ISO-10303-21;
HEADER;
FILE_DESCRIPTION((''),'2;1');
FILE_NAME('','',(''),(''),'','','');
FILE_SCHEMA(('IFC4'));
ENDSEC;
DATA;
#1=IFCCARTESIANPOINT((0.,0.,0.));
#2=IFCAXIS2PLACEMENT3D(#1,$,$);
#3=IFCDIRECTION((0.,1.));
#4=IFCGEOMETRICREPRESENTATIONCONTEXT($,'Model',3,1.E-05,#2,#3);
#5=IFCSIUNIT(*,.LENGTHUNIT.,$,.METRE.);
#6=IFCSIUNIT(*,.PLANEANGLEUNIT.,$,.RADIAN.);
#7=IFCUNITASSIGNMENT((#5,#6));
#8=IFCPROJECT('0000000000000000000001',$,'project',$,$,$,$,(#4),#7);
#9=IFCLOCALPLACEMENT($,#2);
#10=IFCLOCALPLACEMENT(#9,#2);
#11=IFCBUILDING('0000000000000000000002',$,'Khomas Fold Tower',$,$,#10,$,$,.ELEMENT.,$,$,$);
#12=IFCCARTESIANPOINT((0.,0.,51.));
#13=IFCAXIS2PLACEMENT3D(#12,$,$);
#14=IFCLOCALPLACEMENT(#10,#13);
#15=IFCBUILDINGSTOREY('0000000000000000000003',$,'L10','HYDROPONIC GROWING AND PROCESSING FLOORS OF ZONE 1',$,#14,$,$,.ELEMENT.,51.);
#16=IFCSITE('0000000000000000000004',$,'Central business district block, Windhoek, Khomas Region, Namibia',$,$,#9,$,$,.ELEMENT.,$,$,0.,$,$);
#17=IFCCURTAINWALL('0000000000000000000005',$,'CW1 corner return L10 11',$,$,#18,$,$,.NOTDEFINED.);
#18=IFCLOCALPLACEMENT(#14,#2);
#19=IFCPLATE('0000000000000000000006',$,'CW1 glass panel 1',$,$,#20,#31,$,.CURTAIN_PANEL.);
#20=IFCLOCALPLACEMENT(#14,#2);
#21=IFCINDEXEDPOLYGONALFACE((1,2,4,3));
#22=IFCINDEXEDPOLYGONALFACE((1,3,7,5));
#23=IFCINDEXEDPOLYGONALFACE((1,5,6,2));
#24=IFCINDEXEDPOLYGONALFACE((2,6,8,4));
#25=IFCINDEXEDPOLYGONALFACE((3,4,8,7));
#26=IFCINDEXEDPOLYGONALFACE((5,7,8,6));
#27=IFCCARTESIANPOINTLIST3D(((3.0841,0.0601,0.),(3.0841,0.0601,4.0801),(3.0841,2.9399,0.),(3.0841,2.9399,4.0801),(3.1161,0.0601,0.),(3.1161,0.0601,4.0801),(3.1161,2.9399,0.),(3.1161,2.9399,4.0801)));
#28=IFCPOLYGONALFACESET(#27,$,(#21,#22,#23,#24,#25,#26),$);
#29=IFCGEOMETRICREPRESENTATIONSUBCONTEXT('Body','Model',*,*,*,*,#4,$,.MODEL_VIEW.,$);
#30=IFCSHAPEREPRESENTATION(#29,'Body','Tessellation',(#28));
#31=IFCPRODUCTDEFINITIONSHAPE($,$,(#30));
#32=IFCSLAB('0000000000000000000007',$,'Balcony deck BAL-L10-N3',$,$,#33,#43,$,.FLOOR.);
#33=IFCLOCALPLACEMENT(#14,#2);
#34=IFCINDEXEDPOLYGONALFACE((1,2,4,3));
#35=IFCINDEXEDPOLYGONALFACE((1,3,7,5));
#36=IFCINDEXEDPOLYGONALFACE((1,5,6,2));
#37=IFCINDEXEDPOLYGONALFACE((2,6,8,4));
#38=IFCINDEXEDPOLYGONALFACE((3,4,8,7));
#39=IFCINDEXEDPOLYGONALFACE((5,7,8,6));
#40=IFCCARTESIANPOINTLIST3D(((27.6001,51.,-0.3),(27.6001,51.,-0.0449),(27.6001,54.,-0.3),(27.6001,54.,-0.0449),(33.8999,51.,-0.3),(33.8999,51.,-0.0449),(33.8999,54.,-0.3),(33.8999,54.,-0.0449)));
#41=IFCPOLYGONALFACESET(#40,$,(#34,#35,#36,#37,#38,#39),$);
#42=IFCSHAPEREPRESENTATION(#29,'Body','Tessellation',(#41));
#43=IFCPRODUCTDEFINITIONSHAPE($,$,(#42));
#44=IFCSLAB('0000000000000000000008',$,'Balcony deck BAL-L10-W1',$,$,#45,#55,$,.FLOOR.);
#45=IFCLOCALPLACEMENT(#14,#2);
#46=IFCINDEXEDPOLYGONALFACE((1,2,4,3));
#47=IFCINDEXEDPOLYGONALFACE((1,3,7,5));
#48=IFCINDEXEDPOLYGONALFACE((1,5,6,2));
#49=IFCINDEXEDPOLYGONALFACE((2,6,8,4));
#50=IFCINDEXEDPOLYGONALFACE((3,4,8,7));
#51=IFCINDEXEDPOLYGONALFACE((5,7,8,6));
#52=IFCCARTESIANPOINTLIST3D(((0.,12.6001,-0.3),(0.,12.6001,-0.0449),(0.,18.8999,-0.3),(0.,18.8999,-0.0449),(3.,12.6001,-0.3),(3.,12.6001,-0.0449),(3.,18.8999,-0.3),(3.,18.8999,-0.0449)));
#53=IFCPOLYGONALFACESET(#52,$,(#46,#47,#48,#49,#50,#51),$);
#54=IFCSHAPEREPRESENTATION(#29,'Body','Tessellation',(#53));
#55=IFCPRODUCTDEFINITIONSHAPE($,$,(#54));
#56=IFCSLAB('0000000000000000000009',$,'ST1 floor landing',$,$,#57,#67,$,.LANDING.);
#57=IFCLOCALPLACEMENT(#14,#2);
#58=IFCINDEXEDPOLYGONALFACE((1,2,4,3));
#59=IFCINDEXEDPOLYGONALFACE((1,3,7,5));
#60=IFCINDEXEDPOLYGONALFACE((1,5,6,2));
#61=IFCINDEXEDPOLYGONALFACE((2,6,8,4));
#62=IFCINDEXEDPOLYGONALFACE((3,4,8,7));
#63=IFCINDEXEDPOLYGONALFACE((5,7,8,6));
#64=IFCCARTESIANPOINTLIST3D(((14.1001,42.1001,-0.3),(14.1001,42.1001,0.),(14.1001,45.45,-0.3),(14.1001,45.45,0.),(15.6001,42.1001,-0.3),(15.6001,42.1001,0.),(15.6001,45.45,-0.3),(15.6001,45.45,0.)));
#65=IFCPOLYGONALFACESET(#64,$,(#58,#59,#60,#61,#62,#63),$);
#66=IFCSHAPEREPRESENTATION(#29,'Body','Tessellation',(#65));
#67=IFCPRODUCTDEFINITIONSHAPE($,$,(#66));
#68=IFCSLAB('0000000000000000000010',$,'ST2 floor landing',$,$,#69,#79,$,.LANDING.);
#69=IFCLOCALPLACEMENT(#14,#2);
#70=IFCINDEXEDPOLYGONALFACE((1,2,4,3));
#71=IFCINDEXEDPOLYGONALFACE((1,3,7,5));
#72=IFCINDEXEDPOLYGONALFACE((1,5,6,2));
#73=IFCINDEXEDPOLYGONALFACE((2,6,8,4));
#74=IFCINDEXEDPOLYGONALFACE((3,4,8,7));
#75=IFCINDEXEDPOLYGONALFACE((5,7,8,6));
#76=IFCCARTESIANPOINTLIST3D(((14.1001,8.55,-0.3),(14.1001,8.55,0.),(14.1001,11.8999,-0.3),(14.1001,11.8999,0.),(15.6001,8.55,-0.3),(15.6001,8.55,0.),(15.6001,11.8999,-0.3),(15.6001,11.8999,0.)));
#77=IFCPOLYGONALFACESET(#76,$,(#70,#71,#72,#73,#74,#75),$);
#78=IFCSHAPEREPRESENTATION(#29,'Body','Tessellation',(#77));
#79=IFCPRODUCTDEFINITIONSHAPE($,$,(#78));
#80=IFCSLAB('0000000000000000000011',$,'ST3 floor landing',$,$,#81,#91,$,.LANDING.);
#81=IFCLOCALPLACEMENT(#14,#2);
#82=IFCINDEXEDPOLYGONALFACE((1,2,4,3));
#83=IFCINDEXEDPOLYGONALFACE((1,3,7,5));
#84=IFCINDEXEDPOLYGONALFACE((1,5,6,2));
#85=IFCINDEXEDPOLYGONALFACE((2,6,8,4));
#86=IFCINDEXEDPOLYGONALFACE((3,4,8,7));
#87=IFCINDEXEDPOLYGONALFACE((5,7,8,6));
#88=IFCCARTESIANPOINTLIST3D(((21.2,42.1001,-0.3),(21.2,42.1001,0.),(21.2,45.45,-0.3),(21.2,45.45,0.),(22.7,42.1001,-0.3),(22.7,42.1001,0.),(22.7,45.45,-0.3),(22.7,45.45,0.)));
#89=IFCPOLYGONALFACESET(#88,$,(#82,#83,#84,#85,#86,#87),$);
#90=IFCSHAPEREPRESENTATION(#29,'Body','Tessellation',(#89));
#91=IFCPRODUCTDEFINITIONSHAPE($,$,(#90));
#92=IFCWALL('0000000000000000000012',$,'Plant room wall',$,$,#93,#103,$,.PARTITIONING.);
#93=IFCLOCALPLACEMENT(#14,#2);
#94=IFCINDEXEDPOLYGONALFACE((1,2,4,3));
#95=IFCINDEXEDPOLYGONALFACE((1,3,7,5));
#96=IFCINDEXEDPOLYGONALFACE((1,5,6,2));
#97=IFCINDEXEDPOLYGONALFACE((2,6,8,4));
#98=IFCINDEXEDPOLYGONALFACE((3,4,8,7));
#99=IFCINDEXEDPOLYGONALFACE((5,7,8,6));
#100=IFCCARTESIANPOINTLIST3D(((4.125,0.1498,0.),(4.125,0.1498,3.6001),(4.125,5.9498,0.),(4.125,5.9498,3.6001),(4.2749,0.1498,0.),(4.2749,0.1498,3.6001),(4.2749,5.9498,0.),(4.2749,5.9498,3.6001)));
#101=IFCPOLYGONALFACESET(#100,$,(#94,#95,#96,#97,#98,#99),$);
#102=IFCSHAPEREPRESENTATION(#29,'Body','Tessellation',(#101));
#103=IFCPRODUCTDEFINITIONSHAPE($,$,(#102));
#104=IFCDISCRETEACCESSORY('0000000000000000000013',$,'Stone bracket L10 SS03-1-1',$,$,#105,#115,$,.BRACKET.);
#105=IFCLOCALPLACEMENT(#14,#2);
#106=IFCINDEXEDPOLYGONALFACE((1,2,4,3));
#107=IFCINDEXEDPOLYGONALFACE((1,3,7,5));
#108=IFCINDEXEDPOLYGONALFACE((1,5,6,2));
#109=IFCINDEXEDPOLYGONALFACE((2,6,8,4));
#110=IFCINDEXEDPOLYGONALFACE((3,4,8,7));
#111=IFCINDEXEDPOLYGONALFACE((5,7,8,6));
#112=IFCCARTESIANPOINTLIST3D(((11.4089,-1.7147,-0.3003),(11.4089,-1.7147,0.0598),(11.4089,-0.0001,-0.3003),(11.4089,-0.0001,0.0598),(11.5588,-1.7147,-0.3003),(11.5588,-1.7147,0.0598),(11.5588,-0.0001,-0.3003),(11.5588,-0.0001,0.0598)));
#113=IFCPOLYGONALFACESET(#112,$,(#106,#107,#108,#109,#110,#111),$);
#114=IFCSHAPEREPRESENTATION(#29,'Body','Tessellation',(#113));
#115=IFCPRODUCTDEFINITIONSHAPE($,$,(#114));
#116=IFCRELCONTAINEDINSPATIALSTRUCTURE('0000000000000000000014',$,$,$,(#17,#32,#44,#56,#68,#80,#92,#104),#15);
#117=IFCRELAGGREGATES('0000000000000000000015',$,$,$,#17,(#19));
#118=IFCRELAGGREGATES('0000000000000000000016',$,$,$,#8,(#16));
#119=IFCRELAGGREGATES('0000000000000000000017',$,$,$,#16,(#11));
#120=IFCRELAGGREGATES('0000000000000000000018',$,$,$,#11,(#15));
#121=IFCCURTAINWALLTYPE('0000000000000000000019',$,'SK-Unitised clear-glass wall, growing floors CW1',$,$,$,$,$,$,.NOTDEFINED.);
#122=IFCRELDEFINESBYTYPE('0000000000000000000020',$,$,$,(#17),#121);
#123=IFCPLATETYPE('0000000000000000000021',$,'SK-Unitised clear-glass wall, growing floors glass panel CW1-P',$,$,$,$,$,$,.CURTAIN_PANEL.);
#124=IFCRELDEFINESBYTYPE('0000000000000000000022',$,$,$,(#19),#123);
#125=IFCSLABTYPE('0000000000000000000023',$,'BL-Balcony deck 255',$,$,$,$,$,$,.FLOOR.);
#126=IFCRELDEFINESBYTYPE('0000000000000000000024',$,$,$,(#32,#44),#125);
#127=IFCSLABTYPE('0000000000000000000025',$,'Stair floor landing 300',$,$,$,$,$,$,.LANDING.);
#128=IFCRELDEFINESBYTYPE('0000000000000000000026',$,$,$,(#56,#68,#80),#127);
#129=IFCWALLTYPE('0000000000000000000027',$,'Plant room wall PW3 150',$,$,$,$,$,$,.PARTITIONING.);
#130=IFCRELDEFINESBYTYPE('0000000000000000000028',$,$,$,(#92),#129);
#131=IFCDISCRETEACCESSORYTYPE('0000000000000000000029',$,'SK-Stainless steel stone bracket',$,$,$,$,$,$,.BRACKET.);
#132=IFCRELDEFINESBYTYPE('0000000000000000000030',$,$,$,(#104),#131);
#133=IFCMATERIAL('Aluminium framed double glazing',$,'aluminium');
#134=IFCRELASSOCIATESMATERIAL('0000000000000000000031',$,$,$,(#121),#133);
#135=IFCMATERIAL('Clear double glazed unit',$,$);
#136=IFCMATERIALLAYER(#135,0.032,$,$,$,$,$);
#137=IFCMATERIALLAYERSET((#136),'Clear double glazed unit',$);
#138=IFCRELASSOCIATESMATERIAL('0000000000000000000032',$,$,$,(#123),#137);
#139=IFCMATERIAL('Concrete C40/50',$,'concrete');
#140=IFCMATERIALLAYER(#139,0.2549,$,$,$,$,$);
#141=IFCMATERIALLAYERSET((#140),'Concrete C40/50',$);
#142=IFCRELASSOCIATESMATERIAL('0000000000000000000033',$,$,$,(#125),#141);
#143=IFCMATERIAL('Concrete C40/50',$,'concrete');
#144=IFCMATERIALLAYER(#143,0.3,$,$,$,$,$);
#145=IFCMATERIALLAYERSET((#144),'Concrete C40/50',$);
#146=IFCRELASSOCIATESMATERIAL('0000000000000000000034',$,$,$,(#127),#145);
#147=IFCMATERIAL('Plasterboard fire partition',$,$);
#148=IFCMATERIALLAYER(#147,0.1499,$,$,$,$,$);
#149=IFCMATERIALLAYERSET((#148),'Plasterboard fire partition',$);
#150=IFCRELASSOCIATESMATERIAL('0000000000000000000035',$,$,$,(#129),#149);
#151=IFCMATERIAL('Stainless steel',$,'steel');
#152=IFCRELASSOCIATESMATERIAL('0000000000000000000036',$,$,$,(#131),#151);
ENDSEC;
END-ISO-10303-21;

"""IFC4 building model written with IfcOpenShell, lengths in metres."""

from ifc_helpers import new_model, si_unit, direction, frame, frame_2d, origin, origin_2d, place, context, subcontext, project, spatial, polyline, rectangle, outline, extrude, source, transform, mapped, material, layer, layer_set, type_object, element, aggregate, save


model = new_model("IFC4")

# Units and contexts
model_context = context("Model", 3, precision=1e-05, world=origin(), true_north=direction((0.0, 1.0)))
body_context = subcontext(model_context, "Body", "Model", "MODEL_VIEW")
ifc_project = project(units=[si_unit("LENGTHUNIT", "METRE"), si_unit("PLANEANGLEUNIT", "RADIAN")], contexts=[model_context])

# Site, building, storey
site_placement = place(None, origin())
site = spatial("IfcSite", under=ifc_project, at=site_placement, Name="Central business district block, Windhoek, Khomas Region, Namibia", CompositionType="ELEMENT", RefElevation=0.0)
building_placement = place(site_placement, origin())
building = spatial("IfcBuilding", under=site, at=building_placement, Name="Khomas Fold Tower", CompositionType="ELEMENT")
storey_placement = place(building_placement, frame((0.0, 0.0, 51.0)))
storey = spatial("IfcBuildingStorey", under=building, at=storey_placement, Name="L10", Description="HYDROPONIC GROWING AND PROCESSING FLOORS OF ZONE 1", CompositionType="ELEMENT", Elevation=51.0)

# Curtain wall
ifc_material_1 = material(Name="Aluminium framed double glazing", Category="aluminium")
curtain_wall_type = type_object("IfcCurtainWallType", Name="SK-Unitised clear-glass wall, growing floors CW1", PredefinedType="NOTDEFINED", material=ifc_material_1)
curtain_wall_1_placement = place(storey_placement, origin())
curtain_wall_1 = element("IfcCurtainWall", 1, at=curtain_wall_1_placement, inside=storey, type_object=curtain_wall_type, Name="CW1 corner return L10 11", PredefinedType="NOTDEFINED")

# Plate
ifc_material_2 = material(Name="Clear double glazed unit")
ifc_layer_1 = layer(ifc_material_2, 0.032)
ifc_layer_set_1 = layer_set([ifc_layer_1], Name="Clear double glazed unit")
plate_type = type_object("IfcPlateType", Name="SK-Unitised clear-glass wall, growing floors glass panel CW1-P", PredefinedType="CURTAIN_PANEL", material=ifc_layer_set_1)
shared_shape_1 = source(origin(), body_context, "Body", "SweptSolid", [
    extrude(rectangle(XDim=2.8799, YDim=0.032, at=origin_2d()), origin(), (0.0, 0.0, 1.0), 4.0801),
])
plate_1_placement = place(storey_placement, frame((3.1001, 1.5, 0.0), z_axis=(0.0, 0.0, 1.0), x_axis=(0.0, -1.0, 0.0)))
plate_1 = element("IfcPlate", 2, at=plate_1_placement, type_object=plate_type, Name="CW1 glass panel 1", PredefinedType="CURTAIN_PANEL", context=body_context, shape_type="MappedRepresentation", body=[
    mapped(shared_shape_1, transform((0.0, 0.0, 0.0))),
])
aggregate(curtain_wall_1, [plate_1])

# Slabs
ifc_material_3 = material(Name="Concrete C40/50", Category="concrete")
ifc_layer_2 = layer(ifc_material_3, 0.2549)
ifc_layer_set_2 = layer_set([ifc_layer_2], Name="Concrete C40/50")
slab_type_1 = type_object("IfcSlabType", Name="BL-Balcony deck 255", PredefinedType="FLOOR", material=ifc_layer_set_2)
shared_shape_2 = source(origin(), body_context, "Body", "SweptSolid", [
    extrude(outline(polyline([(27.6001, 51.0), (33.8999, 51.0), (33.8999, 54.0), (27.6001, 54.0), (27.6001, 51.0)])), origin(), (0.0, 0.0, 1.0), 0.2551),
])
slab_1_placement = place(storey_placement, frame((0.0, 0.0, -0.3)))
element("IfcSlab", 3, at=slab_1_placement, inside=storey, type_object=slab_type_1, Name="Balcony deck BAL-L10-N3", PredefinedType="FLOOR", context=body_context, shape_type="MappedRepresentation", body=[
    mapped(shared_shape_2, transform((0.0, 0.0, 0.0))),
])
shared_shape_3 = source(origin(), body_context, "Body", "SweptSolid", [
    extrude(outline(polyline([(0.0, 12.6001), (3.0, 12.6001), (3.0, 18.8999), (0.0, 18.8999), (0.0, 12.6001)])), origin(), (0.0, 0.0, 1.0), 0.2551),
])
slab_2_placement = place(storey_placement, frame((0.0, 0.0, -0.3)))
element("IfcSlab", 4, at=slab_2_placement, inside=storey, type_object=slab_type_1, Name="Balcony deck BAL-L10-W1", PredefinedType="FLOOR", context=body_context, shape_type="MappedRepresentation", body=[
    mapped(shared_shape_3, transform((0.0, 0.0, 0.0))),
])
ifc_material_4 = material(Name="Concrete C40/50", Category="concrete")
ifc_layer_3 = layer(ifc_material_4, 0.3)
ifc_layer_set_3 = layer_set([ifc_layer_3], Name="Concrete C40/50")
slab_type_2 = type_object("IfcSlabType", Name="Stair floor landing 300", PredefinedType="LANDING", material=ifc_layer_set_3)
shared_shape_4 = source(origin(), body_context, "Body", "SweptSolid", [
    extrude(outline(polyline([(15.6001, 42.1001), (14.1001, 42.1001), (14.1001, 45.45), (15.6001, 45.45), (15.6001, 42.1001)])), origin(), (0.0, 0.0, 1.0), 0.3),
])
slab_3_placement = place(storey_placement, frame((0.0, 0.0, -0.3)))
element("IfcSlab", 5, at=slab_3_placement, inside=storey, type_object=slab_type_2, Name="ST1 floor landing", PredefinedType="LANDING", context=body_context, shape_type="MappedRepresentation", body=[
    mapped(shared_shape_4, transform((0.0, 0.0, 0.0))),
])
shared_shape_5 = source(origin(), body_context, "Body", "SweptSolid", [
    extrude(outline(polyline([(15.6001, 8.55), (14.1001, 8.55), (14.1001, 11.8999), (15.6001, 11.8999), (15.6001, 8.55)])), origin(), (0.0, 0.0, 1.0), 0.3),
])
slab_4_placement = place(storey_placement, frame((0.0, 0.0, -0.3)))
element("IfcSlab", 6, at=slab_4_placement, inside=storey, type_object=slab_type_2, Name="ST2 floor landing", PredefinedType="LANDING", context=body_context, shape_type="MappedRepresentation", body=[
    mapped(shared_shape_5, transform((0.0, 0.0, 0.0))),
])
shared_shape_6 = source(origin(), body_context, "Body", "SweptSolid", [
    extrude(outline(polyline([(22.7, 42.1001), (21.2, 42.1001), (21.2, 45.45), (22.7, 45.45), (22.7, 42.1001)])), origin(), (0.0, 0.0, 1.0), 0.3),
])
slab_5_placement = place(storey_placement, frame((0.0, 0.0, -0.3)))
element("IfcSlab", 7, at=slab_5_placement, inside=storey, type_object=slab_type_2, Name="ST3 floor landing", PredefinedType="LANDING", context=body_context, shape_type="MappedRepresentation", body=[
    mapped(shared_shape_6, transform((0.0, 0.0, 0.0))),
])

# Wall
ifc_material_5 = material(Name="Plasterboard fire partition")
ifc_layer_4 = layer(ifc_material_5, 0.1499)
ifc_layer_set_4 = layer_set([ifc_layer_4], Name="Plasterboard fire partition")
wall_type = type_object("IfcWallType", Name="Plant room wall PW3 150", PredefinedType="PARTITIONING", material=ifc_layer_set_4)
shared_shape_7 = source(origin(), body_context, "Body", "SweptSolid", [
    extrude(rectangle(XDim=5.8, YDim=0.1499, at=frame_2d((2.8999, 0.0))), origin(), (0.0, 0.0, 1.0), 3.6001),
])
wall_placement = place(storey_placement, frame((4.2, 0.1499, 0.0), z_axis=(0.0, 0.0, 1.0), x_axis=(0.0, 1.0, 0.0)))
element("IfcWall", 8, at=wall_placement, inside=storey, type_object=wall_type, Name="Plant room wall", PredefinedType="PARTITIONING", context=body_context, shape_type="MappedRepresentation", body=[
    mapped(shared_shape_7, transform((0.0, 0.0, 0.0))),
])

# Discrete accessory
ifc_material_6 = material(Name="Stainless steel", Category="steel")
discrete_accessory_type = type_object("IfcDiscreteAccessoryType", Name="SK-Stainless steel stone bracket", PredefinedType="BRACKET", material=ifc_material_6)
shared_shape_8 = source(origin(), body_context, "Body", "SweptSolid", [
    extrude(rectangle(XDim=1.7146, YDim=0.1499, at=origin_2d()), origin(), (0.0, 0.0, 1.0), 0.3601),
])
discrete_accessory_placement = place(storey_placement, frame((11.4839, -0.8574, -0.3003), z_axis=(0.0, 0.0, 1.0), x_axis=(0.0, -1.0, 0.0)))
element("IfcDiscreteAccessory", 9, at=discrete_accessory_placement, inside=storey, type_object=discrete_accessory_type, Name="Stone bracket L10 SS03-1-1", PredefinedType="BRACKET", context=body_context, shape_type="MappedRepresentation", body=[
    mapped(shared_shape_8, transform((0.0, 0.0, 0.0))),
])

save(model, "model.ifc")
